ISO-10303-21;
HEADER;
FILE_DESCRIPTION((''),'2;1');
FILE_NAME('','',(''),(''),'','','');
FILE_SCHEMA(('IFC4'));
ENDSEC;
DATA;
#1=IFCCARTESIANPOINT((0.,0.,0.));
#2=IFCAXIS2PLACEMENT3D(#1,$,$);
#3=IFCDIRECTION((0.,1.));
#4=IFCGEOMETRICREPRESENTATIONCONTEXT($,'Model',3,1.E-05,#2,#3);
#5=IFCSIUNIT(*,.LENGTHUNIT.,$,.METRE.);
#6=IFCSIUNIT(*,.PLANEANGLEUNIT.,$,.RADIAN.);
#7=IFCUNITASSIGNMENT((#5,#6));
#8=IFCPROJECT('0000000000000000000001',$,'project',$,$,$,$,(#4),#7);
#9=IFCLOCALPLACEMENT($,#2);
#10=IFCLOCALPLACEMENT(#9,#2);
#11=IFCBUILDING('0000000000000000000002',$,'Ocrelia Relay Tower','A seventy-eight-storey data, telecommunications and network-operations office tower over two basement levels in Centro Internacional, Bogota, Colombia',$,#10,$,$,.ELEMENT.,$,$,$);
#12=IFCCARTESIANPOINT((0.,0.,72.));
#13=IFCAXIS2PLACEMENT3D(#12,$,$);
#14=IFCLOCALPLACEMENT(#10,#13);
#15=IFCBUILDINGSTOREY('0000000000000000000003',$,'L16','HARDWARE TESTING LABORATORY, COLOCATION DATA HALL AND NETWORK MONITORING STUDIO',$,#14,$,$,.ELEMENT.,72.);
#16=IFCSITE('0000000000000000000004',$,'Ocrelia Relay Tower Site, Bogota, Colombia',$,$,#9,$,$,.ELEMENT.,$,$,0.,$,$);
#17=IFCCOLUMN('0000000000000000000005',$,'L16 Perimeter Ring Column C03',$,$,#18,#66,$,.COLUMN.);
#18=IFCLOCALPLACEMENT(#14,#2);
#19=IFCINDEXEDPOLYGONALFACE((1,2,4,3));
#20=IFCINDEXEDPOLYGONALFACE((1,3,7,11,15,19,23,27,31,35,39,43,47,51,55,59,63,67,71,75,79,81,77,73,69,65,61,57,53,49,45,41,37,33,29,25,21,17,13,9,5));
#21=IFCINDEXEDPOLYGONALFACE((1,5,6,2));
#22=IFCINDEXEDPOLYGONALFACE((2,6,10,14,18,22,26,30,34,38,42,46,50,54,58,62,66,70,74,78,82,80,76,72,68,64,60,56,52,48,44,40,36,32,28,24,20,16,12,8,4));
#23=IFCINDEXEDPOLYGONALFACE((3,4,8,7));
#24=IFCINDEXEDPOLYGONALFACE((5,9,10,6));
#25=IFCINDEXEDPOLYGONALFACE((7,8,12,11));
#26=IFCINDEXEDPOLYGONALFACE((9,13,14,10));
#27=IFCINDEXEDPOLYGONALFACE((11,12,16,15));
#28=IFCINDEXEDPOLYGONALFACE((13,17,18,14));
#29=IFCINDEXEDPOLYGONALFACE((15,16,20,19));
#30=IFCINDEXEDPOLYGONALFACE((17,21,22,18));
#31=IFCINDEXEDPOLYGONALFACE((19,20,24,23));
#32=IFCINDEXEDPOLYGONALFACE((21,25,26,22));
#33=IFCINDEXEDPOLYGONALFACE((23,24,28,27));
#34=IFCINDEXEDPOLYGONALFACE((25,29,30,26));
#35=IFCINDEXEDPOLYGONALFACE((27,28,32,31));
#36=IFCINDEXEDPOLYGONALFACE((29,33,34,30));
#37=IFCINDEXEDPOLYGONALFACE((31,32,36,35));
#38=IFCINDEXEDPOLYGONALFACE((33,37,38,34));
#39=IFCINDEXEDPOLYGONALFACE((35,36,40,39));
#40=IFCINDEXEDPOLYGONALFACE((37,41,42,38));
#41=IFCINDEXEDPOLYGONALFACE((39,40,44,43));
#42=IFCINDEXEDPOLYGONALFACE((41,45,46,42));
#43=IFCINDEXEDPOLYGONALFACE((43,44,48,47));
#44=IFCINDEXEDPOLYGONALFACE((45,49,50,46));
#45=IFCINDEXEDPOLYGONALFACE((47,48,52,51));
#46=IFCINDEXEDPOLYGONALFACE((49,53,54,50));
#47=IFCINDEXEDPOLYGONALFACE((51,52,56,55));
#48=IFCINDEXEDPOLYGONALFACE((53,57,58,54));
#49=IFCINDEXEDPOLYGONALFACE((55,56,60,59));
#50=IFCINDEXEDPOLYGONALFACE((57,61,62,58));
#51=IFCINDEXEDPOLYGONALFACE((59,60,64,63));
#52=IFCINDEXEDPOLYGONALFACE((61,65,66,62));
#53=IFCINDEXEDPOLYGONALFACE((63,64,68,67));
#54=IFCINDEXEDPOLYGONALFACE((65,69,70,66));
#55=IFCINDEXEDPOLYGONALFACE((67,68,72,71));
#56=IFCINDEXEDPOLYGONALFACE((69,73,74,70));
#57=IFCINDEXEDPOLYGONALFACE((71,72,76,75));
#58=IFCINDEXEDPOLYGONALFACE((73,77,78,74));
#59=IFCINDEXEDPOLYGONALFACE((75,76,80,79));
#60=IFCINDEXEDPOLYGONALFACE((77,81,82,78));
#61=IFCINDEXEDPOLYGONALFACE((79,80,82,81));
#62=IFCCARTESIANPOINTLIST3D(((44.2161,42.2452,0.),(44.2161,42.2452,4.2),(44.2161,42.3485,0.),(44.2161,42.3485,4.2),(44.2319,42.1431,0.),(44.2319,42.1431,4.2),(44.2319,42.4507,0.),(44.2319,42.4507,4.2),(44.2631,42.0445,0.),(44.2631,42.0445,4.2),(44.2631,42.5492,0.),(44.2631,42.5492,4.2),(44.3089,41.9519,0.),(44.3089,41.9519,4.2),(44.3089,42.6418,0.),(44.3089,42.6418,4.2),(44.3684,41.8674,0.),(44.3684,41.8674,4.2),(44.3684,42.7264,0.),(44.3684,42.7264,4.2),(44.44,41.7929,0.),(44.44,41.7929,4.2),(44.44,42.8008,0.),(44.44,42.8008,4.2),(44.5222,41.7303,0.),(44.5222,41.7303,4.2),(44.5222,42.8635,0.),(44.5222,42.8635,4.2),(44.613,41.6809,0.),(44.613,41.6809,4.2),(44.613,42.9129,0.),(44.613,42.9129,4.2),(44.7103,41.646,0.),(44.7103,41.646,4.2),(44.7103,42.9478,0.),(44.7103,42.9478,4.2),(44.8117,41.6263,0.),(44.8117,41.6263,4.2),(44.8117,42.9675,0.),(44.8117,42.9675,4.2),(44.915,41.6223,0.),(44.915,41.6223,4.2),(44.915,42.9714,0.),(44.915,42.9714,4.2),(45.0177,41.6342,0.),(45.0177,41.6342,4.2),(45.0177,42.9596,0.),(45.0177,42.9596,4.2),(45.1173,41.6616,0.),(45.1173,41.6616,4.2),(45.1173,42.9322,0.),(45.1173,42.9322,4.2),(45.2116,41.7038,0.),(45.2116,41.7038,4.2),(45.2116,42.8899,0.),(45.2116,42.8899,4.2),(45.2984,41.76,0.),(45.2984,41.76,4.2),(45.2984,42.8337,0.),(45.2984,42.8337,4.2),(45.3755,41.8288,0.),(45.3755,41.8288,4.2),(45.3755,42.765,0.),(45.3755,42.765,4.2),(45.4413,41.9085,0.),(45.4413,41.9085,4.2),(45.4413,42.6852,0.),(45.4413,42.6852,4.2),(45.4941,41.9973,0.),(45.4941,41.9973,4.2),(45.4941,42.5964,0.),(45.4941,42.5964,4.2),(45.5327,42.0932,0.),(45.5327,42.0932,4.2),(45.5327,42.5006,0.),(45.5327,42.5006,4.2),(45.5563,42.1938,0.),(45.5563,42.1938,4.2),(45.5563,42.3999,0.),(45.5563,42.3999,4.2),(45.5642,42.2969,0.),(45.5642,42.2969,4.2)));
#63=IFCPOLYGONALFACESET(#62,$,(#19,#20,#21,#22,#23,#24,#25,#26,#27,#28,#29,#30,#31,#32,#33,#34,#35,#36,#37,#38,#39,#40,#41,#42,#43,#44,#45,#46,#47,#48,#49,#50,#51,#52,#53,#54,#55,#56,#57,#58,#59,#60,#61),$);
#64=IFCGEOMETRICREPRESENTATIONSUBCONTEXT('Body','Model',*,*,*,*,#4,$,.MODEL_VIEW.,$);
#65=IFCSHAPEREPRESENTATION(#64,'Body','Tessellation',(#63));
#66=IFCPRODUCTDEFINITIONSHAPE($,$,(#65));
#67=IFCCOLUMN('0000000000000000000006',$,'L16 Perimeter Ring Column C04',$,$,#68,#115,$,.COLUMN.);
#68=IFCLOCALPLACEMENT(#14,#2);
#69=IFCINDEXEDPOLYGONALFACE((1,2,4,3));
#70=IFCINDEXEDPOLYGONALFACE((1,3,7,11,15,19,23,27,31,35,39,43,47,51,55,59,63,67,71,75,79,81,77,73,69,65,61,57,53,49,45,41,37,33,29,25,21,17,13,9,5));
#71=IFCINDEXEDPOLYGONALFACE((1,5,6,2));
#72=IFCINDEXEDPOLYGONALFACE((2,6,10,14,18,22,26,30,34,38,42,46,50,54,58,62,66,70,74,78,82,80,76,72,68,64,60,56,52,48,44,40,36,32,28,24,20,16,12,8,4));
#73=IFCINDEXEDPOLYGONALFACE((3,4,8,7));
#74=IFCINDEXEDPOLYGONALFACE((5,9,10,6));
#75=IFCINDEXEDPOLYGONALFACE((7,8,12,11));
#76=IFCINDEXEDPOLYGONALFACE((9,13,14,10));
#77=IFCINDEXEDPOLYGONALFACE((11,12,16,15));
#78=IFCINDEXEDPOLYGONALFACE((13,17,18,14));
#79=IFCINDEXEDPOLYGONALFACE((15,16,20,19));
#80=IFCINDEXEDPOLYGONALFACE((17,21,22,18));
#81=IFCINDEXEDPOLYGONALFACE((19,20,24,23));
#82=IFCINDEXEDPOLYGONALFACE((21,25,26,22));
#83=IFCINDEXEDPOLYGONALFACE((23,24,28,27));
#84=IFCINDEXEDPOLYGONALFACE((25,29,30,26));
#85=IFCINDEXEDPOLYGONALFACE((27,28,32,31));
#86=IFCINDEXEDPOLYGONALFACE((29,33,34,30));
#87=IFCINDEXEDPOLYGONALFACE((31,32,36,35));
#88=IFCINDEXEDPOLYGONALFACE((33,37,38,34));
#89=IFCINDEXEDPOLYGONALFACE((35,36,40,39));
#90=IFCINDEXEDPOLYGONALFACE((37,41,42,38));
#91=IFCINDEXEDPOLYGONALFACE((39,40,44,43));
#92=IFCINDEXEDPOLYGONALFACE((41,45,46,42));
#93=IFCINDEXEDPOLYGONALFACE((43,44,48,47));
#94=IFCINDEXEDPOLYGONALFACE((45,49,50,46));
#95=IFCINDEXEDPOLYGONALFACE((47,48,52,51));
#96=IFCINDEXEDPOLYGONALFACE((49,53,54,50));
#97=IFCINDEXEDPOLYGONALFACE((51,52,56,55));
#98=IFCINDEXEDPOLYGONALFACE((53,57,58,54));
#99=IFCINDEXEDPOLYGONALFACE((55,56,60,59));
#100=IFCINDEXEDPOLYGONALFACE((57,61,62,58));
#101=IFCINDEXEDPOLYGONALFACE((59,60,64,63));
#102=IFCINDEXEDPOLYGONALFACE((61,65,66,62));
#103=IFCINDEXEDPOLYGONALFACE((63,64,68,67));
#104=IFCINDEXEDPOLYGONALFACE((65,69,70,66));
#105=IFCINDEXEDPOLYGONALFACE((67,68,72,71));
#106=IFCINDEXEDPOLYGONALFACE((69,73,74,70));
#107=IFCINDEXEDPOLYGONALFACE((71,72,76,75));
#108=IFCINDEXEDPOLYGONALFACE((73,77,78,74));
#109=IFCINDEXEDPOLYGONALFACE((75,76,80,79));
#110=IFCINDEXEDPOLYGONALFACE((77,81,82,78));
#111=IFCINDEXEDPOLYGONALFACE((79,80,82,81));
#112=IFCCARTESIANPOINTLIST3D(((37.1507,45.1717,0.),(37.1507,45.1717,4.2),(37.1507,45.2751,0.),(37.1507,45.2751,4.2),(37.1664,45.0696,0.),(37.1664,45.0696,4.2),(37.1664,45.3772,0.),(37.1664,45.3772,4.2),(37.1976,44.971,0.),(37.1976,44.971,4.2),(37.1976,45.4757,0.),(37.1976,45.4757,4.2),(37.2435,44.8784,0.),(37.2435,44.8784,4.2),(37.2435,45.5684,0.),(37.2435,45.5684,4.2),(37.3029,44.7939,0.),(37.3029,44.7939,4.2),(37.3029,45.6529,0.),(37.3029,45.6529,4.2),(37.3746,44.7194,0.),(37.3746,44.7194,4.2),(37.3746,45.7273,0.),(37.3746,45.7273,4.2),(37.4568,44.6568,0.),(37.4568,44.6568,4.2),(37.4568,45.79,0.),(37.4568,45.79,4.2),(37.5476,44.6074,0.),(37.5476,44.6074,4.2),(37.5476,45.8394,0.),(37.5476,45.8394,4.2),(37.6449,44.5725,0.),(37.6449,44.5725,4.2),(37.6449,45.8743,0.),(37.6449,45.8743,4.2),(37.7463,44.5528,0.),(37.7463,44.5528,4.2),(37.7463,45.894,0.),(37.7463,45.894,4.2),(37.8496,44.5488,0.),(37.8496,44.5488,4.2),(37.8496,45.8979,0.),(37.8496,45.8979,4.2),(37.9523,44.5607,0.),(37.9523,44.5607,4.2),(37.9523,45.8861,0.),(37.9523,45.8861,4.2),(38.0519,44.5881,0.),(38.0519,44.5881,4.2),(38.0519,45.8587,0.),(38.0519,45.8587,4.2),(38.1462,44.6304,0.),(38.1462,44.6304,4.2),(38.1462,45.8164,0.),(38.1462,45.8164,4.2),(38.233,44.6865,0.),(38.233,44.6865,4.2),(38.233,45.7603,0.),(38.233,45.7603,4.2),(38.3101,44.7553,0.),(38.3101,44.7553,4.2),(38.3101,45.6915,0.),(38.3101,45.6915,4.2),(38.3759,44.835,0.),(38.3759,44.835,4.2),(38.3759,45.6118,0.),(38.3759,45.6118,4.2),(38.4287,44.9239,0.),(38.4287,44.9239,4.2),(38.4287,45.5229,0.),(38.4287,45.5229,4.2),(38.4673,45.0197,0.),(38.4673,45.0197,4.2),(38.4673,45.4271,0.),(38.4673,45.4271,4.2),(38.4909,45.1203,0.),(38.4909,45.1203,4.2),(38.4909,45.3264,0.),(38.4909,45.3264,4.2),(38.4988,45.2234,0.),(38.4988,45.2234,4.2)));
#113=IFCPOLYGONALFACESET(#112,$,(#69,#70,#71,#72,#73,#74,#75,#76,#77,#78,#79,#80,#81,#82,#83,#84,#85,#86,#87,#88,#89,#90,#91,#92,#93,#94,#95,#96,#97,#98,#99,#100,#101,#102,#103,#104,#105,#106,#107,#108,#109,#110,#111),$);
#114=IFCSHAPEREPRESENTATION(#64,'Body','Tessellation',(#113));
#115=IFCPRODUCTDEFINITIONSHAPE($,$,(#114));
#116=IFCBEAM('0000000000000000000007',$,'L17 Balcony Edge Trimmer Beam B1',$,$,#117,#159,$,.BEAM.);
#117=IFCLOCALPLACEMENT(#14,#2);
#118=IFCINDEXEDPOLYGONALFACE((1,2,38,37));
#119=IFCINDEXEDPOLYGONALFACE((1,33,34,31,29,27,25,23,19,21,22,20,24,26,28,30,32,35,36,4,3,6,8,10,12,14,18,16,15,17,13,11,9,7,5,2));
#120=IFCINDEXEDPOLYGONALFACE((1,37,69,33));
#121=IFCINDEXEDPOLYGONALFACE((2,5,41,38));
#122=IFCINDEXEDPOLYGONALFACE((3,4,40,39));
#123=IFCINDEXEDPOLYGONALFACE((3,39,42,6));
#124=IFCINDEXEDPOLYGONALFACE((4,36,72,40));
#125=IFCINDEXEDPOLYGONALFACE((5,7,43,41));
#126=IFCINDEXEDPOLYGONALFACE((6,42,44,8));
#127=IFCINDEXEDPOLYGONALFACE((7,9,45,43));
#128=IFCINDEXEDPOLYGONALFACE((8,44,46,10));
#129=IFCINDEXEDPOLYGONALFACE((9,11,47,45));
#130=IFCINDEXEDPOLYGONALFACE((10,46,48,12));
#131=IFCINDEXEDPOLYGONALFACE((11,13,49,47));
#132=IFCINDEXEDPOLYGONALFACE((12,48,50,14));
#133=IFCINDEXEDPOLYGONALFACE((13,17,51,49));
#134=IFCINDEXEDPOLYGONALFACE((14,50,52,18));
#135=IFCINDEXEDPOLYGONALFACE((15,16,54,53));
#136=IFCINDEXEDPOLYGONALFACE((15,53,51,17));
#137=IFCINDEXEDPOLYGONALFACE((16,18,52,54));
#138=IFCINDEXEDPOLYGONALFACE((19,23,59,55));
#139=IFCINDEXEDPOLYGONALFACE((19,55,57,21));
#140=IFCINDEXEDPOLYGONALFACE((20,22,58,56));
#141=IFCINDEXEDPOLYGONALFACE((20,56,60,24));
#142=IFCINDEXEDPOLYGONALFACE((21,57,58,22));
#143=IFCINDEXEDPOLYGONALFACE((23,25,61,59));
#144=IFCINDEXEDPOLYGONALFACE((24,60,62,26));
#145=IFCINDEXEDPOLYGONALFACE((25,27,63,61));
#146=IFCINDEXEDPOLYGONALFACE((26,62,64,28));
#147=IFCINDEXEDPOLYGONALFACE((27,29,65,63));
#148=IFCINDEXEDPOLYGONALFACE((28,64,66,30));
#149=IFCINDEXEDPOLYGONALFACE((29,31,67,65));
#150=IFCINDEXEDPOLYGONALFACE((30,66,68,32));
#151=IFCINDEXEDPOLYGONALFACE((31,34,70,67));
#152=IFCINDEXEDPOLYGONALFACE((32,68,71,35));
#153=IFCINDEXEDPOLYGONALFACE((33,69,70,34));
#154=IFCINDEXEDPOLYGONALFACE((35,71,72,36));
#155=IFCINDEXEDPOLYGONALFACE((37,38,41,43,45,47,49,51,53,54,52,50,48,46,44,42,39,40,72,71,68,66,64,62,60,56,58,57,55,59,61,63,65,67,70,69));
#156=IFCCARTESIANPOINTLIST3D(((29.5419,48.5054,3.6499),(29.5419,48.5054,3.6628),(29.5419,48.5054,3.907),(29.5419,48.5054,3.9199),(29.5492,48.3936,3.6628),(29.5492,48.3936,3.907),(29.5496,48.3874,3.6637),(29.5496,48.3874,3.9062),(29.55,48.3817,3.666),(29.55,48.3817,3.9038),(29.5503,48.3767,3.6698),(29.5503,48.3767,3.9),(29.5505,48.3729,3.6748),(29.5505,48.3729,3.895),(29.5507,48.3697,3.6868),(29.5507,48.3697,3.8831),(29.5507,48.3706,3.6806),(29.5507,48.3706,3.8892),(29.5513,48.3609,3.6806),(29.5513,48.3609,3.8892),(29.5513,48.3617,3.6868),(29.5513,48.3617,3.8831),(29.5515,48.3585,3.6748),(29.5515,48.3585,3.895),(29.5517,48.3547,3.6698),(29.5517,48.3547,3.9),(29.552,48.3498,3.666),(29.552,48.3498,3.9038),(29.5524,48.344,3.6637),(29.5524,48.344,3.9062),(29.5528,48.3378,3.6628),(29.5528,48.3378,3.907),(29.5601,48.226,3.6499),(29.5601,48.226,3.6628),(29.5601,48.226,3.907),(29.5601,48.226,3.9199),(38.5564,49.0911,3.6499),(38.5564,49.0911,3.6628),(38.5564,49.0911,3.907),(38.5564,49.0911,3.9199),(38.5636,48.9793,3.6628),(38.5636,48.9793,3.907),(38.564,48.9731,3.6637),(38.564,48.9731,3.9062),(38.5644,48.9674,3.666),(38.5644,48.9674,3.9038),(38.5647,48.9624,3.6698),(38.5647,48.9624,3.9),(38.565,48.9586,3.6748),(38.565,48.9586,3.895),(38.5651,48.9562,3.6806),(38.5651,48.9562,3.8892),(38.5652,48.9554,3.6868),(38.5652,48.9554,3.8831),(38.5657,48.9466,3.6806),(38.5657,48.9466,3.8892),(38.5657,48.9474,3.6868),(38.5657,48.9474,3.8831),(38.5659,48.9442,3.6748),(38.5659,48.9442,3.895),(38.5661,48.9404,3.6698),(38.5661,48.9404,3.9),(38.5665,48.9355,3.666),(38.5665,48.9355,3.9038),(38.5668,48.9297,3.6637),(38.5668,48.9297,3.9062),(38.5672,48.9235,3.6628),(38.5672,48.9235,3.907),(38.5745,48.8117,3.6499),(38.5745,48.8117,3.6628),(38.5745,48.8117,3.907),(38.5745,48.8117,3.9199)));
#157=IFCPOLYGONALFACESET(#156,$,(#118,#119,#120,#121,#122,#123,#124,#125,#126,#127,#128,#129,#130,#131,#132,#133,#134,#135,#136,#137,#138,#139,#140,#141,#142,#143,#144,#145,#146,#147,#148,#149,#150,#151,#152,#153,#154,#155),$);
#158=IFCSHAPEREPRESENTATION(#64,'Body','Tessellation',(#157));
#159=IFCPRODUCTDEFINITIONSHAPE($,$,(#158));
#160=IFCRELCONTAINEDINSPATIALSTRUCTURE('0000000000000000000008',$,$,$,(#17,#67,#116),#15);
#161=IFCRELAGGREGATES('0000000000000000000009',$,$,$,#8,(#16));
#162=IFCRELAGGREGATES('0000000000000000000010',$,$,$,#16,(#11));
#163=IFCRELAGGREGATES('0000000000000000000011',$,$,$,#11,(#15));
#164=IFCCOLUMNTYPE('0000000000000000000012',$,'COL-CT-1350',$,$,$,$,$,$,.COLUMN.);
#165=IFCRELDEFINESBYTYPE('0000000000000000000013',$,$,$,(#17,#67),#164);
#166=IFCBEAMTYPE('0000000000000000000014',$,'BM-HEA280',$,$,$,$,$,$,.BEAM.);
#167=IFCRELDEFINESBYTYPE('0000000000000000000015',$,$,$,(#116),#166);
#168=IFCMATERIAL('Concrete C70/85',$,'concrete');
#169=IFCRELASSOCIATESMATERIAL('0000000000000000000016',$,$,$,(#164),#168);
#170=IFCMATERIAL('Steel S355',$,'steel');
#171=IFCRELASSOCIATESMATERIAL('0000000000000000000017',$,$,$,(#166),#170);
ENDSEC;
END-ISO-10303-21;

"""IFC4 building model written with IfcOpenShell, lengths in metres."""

from ifc_helpers import new_model, si_unit, direction, frame, origin, origin_2d, place, context, subcontext, project, spatial, circle, i_section, extrude, material, material_profile, profile_set, type_object, element, save


model = new_model("IFC4")

# Units and contexts
model_context = context("Model", 3, precision=1e-05, world=origin(), true_north=direction((0.0, 1.0)))
body_context = subcontext(model_context, "Body", "Model", "MODEL_VIEW")
ifc_project = project(units=[si_unit("LENGTHUNIT", "METRE"), si_unit("PLANEANGLEUNIT", "RADIAN")], contexts=[model_context])

# Site, building, storey
site_placement = place(None, origin())
site = spatial("IfcSite", under=ifc_project, at=site_placement, Name="Ocrelia Relay Tower Site, Bogota, Colombia", CompositionType="ELEMENT", RefElevation=0.0)
building_placement = place(site_placement, origin())
building = spatial("IfcBuilding", under=site, at=building_placement, Name="Ocrelia Relay Tower", Description="A seventy-eight-storey data, telecommunications and network-operations office tower over two basement levels in Centro Internacional, Bogota, Colombia", CompositionType="ELEMENT")
storey_placement = place(building_placement, frame((0.0, 0.0, 72.0)))
storey = spatial("IfcBuildingStorey", under=building, at=storey_placement, Name="L16", Description="HARDWARE TESTING LABORATORY, COLOCATION DATA HALL AND NETWORK MONITORING STUDIO", CompositionType="ELEMENT", Elevation=72.0)

# Columns
ifc_material_1 = material(Name="Concrete C70/85", Category="concrete")
ifc_material_profile_1 = material_profile(ifc_material_1, circle(Radius=0.675, at=origin_2d()), Name="RC-CIR-1350")
ifc_profile_set_1 = profile_set([ifc_material_profile_1], Name="Concrete C70/85")
column_type = type_object("IfcColumnType", Name="COL-CT-1350", PredefinedType="COLUMN", material=ifc_profile_set_1)
for number, where, z_axis, x_axis, name in (
    (1, (44.8892, 42.2969, 0.0), (0.0, 0.0, 1.0), (1.0, 0.0, 0.0), "L16 Perimeter Ring Column C03"),
    (2, (37.8237, 45.2234, 0.0), (0.0, 0.0, 1.0), (1.0, 0.0, 0.0), "L16 Perimeter Ring Column C04"),
):
    element("IfcColumn", number, at=place(storey_placement, frame(where, z_axis=z_axis, x_axis=x_axis)), inside=storey, type_object=column_type, Name=name, PredefinedType="COLUMN", context=body_context, shape_type="SweptSolid", body=[
        extrude(circle(Radius=0.675, at=origin_2d()), origin(), (0.0, 0.0, 1.0), 4.2),
    ])

# Beam
ifc_material_2 = material(Name="Steel S355", Category="steel")
ifc_material_profile_2 = material_profile(ifc_material_2, i_section(OverallWidth=0.28, OverallDepth=0.27, WebThickness=0.0081, FlangeThickness=0.0129, FilletRadius=0.0239, at=origin_2d()), Name="HEA 280")
ifc_profile_set_2 = profile_set([ifc_material_profile_2], Name="Steel S355")
beam_type_1 = type_object("IfcBeamType", Name="BM-HEA280", PredefinedType="BEAM", material=ifc_profile_set_2)
beam_1_placement = place(storey_placement, frame((38.5654, 48.9514, 3.7849), z_axis=(-0.997896, -0.064836, 0.0), x_axis=(0.064836, -0.997896, 0.0)))
element("IfcBeam", 3, at=beam_1_placement, inside=storey, type_object=beam_type_1, Name="L17 Balcony Edge Trimmer Beam B1", PredefinedType="BEAM", context=body_context, shape_type="SweptSolid", body=[
    extrude(i_section(OverallWidth=0.28, OverallDepth=0.27, WebThickness=0.0081, FlangeThickness=0.0129, FilletRadius=0.0239, at=origin_2d()), origin(), (0.0, 0.0, 1.0), 9.0334),
])

save(model, "model.ifc")
